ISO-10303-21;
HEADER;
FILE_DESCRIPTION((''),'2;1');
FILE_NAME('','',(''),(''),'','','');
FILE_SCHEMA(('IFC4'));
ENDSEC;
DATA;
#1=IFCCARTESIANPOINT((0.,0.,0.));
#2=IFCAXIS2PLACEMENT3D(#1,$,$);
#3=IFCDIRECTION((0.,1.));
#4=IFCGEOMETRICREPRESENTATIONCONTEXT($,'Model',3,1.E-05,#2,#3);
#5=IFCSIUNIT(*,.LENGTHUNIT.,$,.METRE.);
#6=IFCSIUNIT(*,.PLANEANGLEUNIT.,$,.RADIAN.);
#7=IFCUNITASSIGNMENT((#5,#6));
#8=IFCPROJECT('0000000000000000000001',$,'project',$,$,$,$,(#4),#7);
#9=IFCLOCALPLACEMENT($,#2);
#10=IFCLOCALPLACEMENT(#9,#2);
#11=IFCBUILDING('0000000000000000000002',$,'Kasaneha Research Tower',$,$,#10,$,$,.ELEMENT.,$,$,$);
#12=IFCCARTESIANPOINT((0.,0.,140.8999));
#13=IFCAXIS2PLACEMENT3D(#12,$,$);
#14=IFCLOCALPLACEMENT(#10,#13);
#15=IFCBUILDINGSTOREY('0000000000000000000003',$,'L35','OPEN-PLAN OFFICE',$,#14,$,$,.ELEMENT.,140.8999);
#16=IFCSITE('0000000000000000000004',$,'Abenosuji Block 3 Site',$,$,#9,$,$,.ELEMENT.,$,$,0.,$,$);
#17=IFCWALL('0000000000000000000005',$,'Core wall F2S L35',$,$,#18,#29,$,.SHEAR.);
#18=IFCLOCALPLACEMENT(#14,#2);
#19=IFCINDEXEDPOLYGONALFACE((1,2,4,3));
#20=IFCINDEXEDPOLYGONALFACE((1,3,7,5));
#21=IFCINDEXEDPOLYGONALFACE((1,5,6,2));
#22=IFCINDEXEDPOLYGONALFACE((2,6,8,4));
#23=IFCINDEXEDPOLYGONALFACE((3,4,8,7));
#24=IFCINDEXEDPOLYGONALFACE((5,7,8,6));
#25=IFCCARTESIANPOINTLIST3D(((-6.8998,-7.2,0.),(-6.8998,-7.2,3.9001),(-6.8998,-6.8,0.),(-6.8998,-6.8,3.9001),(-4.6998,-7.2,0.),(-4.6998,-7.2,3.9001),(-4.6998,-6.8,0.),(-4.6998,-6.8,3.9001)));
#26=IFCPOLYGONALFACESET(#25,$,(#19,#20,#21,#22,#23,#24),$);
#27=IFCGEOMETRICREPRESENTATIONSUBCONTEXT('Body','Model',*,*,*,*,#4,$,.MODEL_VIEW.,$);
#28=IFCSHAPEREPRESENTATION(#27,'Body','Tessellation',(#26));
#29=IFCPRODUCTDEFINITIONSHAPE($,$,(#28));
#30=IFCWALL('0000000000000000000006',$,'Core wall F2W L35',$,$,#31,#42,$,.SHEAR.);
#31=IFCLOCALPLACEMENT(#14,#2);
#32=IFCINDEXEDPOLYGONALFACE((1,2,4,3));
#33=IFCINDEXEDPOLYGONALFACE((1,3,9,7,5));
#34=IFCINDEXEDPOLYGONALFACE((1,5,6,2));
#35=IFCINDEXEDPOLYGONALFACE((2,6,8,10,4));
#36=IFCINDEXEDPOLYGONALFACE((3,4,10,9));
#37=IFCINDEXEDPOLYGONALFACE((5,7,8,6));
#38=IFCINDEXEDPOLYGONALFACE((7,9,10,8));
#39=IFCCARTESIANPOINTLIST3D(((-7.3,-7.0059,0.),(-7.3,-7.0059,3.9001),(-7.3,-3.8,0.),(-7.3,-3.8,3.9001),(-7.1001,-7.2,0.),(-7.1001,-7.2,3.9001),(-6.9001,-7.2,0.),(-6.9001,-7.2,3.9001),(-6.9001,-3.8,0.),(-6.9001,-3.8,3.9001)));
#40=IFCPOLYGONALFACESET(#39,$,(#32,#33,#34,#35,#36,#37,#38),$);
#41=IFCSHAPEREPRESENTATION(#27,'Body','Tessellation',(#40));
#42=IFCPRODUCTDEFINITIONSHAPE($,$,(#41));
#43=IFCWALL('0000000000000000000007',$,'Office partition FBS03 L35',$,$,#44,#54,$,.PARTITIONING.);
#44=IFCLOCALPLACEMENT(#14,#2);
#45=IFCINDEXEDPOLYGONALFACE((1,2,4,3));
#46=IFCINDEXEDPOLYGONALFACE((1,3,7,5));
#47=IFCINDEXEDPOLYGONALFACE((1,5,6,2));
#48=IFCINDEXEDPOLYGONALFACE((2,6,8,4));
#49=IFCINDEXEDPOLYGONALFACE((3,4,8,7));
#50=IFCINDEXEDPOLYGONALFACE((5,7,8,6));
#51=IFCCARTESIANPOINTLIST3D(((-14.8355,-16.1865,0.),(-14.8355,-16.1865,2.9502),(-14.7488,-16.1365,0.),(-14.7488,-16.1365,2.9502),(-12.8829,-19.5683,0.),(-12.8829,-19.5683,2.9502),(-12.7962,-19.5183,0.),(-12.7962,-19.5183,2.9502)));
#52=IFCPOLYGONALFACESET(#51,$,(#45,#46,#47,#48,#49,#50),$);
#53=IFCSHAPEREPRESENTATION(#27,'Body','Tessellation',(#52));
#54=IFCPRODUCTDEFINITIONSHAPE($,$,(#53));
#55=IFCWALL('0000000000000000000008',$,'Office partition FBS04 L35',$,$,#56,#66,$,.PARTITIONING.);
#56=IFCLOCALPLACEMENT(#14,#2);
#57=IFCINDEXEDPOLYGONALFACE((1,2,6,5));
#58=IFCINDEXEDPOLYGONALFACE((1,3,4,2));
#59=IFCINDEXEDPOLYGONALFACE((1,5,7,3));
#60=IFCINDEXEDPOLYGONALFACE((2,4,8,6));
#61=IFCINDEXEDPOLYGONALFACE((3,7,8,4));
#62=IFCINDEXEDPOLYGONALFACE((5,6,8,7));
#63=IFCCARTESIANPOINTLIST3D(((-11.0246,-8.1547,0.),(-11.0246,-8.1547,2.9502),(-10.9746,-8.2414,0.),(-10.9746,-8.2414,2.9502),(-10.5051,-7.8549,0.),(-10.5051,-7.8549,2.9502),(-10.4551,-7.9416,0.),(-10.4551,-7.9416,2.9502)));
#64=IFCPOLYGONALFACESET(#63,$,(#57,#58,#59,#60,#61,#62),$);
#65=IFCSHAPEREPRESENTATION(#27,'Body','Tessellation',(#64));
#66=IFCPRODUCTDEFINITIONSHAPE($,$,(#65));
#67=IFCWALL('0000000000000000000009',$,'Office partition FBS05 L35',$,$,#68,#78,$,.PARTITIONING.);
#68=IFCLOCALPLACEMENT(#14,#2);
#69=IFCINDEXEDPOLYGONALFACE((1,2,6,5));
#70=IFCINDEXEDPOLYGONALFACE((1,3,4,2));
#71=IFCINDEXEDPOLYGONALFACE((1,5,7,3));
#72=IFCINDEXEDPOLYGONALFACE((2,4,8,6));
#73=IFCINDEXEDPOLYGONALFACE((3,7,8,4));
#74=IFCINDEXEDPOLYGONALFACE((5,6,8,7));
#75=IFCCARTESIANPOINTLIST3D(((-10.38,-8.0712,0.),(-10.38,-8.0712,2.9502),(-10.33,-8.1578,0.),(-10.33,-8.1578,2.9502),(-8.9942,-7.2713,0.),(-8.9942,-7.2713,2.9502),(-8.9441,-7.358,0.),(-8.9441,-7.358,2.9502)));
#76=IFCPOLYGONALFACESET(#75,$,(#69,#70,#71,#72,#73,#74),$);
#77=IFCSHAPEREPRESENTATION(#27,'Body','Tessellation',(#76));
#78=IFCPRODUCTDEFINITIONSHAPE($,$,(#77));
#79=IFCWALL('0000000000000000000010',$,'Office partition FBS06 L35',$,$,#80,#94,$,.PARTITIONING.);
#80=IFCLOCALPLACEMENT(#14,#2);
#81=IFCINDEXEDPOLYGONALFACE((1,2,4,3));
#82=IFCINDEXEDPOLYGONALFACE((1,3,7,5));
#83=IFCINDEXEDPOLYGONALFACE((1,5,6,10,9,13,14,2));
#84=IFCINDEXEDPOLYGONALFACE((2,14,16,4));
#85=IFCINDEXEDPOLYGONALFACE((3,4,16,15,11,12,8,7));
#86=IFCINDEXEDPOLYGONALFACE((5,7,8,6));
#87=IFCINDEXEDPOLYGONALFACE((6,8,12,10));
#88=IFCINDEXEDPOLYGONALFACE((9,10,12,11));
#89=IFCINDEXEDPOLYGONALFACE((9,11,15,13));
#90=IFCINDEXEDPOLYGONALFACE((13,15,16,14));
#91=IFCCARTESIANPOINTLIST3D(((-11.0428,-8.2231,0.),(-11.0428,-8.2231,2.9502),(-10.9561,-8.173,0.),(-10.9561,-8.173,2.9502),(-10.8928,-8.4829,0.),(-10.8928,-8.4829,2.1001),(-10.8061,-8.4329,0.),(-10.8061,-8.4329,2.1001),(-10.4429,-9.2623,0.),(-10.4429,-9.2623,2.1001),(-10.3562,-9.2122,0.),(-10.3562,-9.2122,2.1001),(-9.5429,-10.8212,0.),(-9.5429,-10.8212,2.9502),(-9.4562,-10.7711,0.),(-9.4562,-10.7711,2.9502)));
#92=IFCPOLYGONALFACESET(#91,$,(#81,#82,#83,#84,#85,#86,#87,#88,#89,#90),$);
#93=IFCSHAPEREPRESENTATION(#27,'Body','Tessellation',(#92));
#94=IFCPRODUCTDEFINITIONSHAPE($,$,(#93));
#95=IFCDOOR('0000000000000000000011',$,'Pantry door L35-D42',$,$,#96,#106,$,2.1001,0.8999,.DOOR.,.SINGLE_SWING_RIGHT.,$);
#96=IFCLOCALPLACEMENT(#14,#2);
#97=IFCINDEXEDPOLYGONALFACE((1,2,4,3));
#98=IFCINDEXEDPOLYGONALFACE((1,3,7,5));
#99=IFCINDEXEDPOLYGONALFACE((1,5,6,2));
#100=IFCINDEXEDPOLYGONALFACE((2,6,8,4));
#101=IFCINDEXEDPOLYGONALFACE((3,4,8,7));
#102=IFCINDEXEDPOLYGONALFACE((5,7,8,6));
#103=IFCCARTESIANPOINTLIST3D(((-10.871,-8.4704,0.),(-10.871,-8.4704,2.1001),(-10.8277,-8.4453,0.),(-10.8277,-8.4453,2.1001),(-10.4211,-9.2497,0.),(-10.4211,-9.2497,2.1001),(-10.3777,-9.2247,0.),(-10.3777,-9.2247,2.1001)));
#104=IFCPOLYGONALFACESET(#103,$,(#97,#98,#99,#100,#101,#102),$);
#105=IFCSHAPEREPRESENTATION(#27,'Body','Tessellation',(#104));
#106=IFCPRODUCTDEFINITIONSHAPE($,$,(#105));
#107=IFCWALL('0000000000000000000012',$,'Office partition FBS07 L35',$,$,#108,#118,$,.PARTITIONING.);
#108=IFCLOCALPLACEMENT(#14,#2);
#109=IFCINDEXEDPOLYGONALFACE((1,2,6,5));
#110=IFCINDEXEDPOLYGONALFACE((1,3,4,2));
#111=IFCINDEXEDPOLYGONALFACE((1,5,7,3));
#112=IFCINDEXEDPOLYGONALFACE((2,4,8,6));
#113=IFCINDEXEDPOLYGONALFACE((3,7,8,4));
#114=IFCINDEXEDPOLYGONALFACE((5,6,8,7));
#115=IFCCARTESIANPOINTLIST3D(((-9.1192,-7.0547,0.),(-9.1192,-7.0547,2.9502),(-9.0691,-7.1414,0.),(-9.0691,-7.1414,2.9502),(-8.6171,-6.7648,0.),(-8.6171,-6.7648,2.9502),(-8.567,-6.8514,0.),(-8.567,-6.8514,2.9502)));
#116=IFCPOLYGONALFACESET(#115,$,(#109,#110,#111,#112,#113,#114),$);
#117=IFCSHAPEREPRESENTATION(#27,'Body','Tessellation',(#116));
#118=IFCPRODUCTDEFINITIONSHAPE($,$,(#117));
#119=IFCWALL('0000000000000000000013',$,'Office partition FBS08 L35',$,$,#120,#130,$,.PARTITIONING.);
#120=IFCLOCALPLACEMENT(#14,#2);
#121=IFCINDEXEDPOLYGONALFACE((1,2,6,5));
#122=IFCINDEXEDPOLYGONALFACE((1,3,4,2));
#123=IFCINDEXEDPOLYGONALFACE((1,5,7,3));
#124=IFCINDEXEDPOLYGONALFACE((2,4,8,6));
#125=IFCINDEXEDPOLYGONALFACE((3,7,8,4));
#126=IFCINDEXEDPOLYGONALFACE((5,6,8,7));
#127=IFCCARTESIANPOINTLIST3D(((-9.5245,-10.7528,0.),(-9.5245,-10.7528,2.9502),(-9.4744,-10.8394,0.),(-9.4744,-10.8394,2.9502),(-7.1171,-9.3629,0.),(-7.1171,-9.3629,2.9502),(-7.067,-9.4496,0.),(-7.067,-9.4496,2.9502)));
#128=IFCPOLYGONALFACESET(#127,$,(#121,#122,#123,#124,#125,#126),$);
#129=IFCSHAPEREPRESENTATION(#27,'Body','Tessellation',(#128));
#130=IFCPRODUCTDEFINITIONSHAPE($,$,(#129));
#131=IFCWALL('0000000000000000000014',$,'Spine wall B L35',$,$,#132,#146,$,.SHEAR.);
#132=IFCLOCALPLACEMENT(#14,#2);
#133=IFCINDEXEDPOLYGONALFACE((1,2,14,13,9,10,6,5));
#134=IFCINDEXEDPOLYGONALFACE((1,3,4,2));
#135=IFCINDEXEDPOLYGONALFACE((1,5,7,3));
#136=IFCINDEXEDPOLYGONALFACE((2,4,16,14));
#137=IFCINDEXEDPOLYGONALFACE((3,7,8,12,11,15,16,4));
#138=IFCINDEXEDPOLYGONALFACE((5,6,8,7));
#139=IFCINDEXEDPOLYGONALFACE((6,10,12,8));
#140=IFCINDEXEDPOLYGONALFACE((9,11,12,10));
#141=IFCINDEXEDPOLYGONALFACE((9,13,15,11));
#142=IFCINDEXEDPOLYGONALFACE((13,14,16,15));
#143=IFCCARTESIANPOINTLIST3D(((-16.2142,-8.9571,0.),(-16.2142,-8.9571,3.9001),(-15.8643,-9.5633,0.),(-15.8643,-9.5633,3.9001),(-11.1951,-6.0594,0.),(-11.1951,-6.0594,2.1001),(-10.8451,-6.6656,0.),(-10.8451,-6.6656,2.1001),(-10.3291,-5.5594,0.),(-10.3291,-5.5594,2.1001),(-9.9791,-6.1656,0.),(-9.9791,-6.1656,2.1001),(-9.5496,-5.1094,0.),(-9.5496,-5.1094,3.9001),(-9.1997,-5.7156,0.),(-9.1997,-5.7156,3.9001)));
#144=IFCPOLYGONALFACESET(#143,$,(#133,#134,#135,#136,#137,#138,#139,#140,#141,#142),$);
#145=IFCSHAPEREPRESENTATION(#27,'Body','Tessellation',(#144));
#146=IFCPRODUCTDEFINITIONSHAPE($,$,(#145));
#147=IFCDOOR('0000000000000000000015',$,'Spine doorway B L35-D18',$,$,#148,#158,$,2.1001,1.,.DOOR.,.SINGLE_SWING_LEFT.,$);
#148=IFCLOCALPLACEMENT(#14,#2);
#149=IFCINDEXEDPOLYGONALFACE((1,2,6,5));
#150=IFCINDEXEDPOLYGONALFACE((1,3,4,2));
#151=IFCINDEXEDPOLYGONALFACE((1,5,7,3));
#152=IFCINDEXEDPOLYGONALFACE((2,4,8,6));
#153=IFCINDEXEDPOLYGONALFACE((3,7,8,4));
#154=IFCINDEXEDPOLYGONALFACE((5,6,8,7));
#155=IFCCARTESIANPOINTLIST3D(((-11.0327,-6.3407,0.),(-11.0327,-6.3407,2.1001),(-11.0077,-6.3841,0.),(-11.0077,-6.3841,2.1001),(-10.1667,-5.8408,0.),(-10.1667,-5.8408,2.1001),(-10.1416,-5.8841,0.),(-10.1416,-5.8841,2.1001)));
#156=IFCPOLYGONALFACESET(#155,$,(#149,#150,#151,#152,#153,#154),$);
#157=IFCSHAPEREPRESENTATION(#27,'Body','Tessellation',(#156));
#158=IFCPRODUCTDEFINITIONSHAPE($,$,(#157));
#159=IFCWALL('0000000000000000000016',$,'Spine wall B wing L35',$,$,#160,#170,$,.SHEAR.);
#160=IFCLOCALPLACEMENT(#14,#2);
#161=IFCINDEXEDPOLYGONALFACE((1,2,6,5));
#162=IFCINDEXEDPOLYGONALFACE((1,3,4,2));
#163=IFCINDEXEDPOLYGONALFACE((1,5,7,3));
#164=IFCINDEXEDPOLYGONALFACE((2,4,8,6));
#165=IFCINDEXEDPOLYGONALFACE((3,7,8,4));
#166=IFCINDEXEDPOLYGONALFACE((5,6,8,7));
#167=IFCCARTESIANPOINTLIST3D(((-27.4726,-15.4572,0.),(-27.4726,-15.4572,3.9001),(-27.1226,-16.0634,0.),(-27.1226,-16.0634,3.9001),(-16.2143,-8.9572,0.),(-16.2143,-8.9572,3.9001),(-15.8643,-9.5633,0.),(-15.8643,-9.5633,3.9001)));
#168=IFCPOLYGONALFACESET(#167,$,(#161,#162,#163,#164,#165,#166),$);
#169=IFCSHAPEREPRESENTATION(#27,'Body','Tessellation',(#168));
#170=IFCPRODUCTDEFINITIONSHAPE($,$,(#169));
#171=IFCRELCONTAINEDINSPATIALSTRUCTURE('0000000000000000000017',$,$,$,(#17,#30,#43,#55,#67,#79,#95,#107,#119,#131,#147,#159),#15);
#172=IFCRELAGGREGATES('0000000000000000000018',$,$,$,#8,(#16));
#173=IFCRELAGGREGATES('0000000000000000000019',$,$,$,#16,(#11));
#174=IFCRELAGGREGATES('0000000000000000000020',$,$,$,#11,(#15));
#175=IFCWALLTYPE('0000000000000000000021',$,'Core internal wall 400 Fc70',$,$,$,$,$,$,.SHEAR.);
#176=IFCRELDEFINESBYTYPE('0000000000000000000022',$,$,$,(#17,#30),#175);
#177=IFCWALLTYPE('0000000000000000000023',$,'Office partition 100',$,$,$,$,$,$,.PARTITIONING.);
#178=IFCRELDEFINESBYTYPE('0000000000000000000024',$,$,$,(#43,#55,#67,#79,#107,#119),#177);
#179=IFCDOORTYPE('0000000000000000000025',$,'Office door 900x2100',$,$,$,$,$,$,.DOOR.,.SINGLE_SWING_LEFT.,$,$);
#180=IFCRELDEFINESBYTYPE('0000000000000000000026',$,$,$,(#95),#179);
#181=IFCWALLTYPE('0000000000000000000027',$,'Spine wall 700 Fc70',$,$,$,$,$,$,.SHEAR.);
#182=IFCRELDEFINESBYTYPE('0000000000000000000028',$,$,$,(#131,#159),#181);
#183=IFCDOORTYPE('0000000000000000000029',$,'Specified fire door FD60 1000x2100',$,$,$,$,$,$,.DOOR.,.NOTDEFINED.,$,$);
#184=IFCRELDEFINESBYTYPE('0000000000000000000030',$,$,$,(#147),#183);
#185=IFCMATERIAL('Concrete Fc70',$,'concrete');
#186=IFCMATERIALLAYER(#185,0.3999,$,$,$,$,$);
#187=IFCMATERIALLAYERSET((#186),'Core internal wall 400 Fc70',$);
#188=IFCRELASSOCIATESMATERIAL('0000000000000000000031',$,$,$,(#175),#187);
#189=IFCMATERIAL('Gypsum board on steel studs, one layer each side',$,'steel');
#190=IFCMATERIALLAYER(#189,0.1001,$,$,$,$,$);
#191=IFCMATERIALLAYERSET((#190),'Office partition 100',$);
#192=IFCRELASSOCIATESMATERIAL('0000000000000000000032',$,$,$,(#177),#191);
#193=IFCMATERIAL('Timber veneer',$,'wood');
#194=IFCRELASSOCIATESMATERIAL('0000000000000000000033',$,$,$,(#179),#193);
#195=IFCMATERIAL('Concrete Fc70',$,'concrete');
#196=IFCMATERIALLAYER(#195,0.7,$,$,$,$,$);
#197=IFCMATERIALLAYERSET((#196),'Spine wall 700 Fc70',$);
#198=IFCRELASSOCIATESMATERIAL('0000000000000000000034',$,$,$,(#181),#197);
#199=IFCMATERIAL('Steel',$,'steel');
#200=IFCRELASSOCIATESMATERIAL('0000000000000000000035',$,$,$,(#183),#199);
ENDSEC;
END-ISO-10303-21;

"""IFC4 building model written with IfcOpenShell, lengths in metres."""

from ifc_helpers import new_model, si_unit, direction, frame, frame_2d, origin, place, context, subcontext, project, spatial, polyline, rectangle, outline, extrude, material, layer, layer_set, type_object, element, fill, save


model = new_model("IFC4")

# Units and contexts
model_context = context("Model", 3, precision=1e-05, world=origin(), true_north=direction((0.0, 1.0)))
body_context = subcontext(model_context, "Body", "Model", "MODEL_VIEW")
ifc_project = project(units=[si_unit("LENGTHUNIT", "METRE"), si_unit("PLANEANGLEUNIT", "RADIAN")], contexts=[model_context])

# Site, building, storey
site_placement = place(None, origin())
site = spatial("IfcSite", under=ifc_project, at=site_placement, Name="Abenosuji Block 3 Site", CompositionType="ELEMENT", RefElevation=0.0)
building_placement = place(site_placement, origin())
building = spatial("IfcBuilding", under=site, at=building_placement, Name="Kasaneha Research Tower", CompositionType="ELEMENT")
storey_placement = place(building_placement, frame((0.0, 0.0, 140.8999)))
storey = spatial("IfcBuildingStorey", under=building, at=storey_placement, Name="L35", Description="OPEN-PLAN OFFICE", CompositionType="ELEMENT", Elevation=140.8999)

# Shared definitions
ifc_material_1 = material(Name="Concrete Fc70", Category="concrete")
ifc_layer_1 = layer(ifc_material_1, 0.3999)
ifc_layer_set_1 = layer_set([ifc_layer_1], Name="Core internal wall 400 Fc70")
wall_type_1 = type_object("IfcWallType", Name="Core internal wall 400 Fc70", PredefinedType="SHEAR", material=ifc_layer_set_1)

# Walls
wall_1_placement = place(storey_placement, frame((-6.8999, -7.0, 0.0), z_axis=(0.0, 0.0, 1.0), x_axis=(1.0, 0.0, 0.0)))
element("IfcWall", 1, at=wall_1_placement, inside=storey, type_object=wall_type_1, Name="Core wall F2S L35", PredefinedType="SHEAR", context=body_context, shape_type="SweptSolid", body=[
    extrude(rectangle(XDim=2.2, YDim=0.3999, at=frame_2d((1.1001, 0.0))), origin(), (0.0, 0.0, 1.0), 3.9001),
])
wall_2_placement = place(storey_placement, frame((-7.1001, -3.8, 0.0), z_axis=(0.0, 0.0, 1.0), x_axis=(0.0, -1.0, 0.0)))
element("IfcWall", 2, at=wall_2_placement, inside=storey, type_object=wall_type_1, Name="Core wall F2W L35", PredefinedType="SHEAR", context=body_context, shape_type="SweptSolid", body=[
    extrude(outline(polyline([(0.0, -0.2), (3.2058, -0.2), (3.3999, 0.0), (3.3999, 0.2), (0.0, 0.2), (0.0, -0.2)])), origin(), (0.0, 0.0, 1.0), 3.9001),
])
ifc_material_2 = material(Name="Gypsum board on steel studs, one layer each side", Category="steel")
ifc_layer_2 = layer(ifc_material_2, 0.1001)
ifc_layer_set_2 = layer_set([ifc_layer_2], Name="Office partition 100")
wall_type_2 = type_object("IfcWallType", Name="Office partition 100", PredefinedType="PARTITIONING", material=ifc_layer_set_2)
wall_3_placement = place(storey_placement, frame((-14.7922, -16.1614, 0.0), z_axis=(0.0, 0.0, 1.0), x_axis=(0.500026, -0.866011, 0.0)))
element("IfcWall", 3, at=wall_3_placement, inside=storey, type_object=wall_type_2, Name="Office partition FBS03 L35", PredefinedType="PARTITIONING", context=body_context, shape_type="SweptSolid", body=[
    extrude(rectangle(XDim=3.905, YDim=0.1001, at=frame_2d((1.9526, 0.0))), origin(), (0.0, 0.0, 1.0), 2.9502),
])
wall_4_placement = place(storey_placement, frame((-10.9995, -8.198, 0.0), z_axis=(0.0, 0.0, 1.0), x_axis=(0.866131, 0.499816, 0.0)))
element("IfcWall", 4, at=wall_4_placement, inside=storey, type_object=wall_type_2, Name="Office partition FBS04 L35", PredefinedType="PARTITIONING", context=body_context, shape_type="SweptSolid", body=[
    extrude(rectangle(XDim=0.5999, YDim=0.1001, at=frame_2d((0.2998, 0.0))), origin(), (0.0, 0.0, 1.0), 2.9502),
])
wall_5_placement = place(storey_placement, frame((-10.355, -8.1145, 0.0), z_axis=(0.0, 0.0, 1.0), x_axis=(0.866094, 0.499881, 0.0)))
element("IfcWall", 5, at=wall_5_placement, inside=storey, type_object=wall_type_2, Name="Office partition FBS05 L35", PredefinedType="PARTITIONING", context=body_context, shape_type="SweptSolid", body=[
    extrude(rectangle(XDim=1.6001, YDim=0.1001, at=frame_2d((0.8, 0.0))), origin(), (0.0, 0.0, 1.0), 2.9502),
])

# Wall, opening, door
wall_6_placement = place(storey_placement, frame((-9.4995, -10.7961, 0.0), z_axis=(0.0, 0.0, 1.0), x_axis=(-0.49999, 0.866031, 0.0)))
wall_6 = element("IfcWall", 6, at=wall_6_placement, inside=storey, type_object=wall_type_2, Name="Office partition FBS06 L35", PredefinedType="PARTITIONING", context=body_context, shape_type="SweptSolid", body=[
    extrude(rectangle(XDim=3.0, YDim=0.1001, at=frame_2d((1.5, 0.0))), origin(), (0.0, 0.0, 1.0), 2.9502),
])
opening_1_placement = place(wall_6_placement, frame((1.8, 0.0, 0.0)))
opening_1 = element("IfcOpeningElement", 7, at=opening_1_placement, cuts=wall_6, PredefinedType="OPENING", context=body_context, shape_type="SweptSolid", body=[
    extrude(rectangle(XDim=0.8999, YDim=2.1001, at=frame_2d((0.45, 1.05))), frame((0.0, 0.0601, 0.0), z_axis=(0.0, -1.0, 0.0), x_axis=(1.0, 0.0, 0.0)), (0.0, 0.0, 1.0), 0.1201),
])
ifc_material_3 = material(Name="Timber veneer", Category="wood")
door_type_1 = type_object("IfcDoorType", Name="Office door 900x2100", OperationType="SINGLE_SWING_LEFT", PredefinedType="DOOR", material=ifc_material_3)
door_1_placement = place(opening_1_placement, origin())
door_1 = element("IfcDoor", 8, at=door_1_placement, inside=storey, type_object=door_type_1, Name="Pantry door L35-D42", OperationType="SINGLE_SWING_RIGHT", OverallHeight=2.1001, OverallWidth=0.8999, PredefinedType="DOOR", context=body_context, shape_type="SweptSolid", body=[
    extrude(rectangle(XDim=0.8999, YDim=2.1001, at=frame_2d((0.45, 1.05))), frame((0.0, 0.0249, 0.0), z_axis=(0.0, -1.0, 0.0), x_axis=(1.0, 0.0, 0.0)), (0.0, 0.0, 1.0), 0.05),
])
fill(opening_1, door_1)

# Walls
wall_7_placement = place(storey_placement, frame((-9.0942, -7.0981, 0.0), z_axis=(0.0, 0.0, 1.0), x_axis=(0.865954, 0.500123, 0.0)))
element("IfcWall", 9, at=wall_7_placement, inside=storey, type_object=wall_type_2, Name="Office partition FBS07 L35", PredefinedType="PARTITIONING", context=body_context, shape_type="SweptSolid", body=[
    extrude(rectangle(XDim=0.5798, YDim=0.1001, at=frame_2d((0.29, 0.0))), origin(), (0.0, 0.0, 1.0), 2.9502),
])
wall_8_placement = place(storey_placement, frame((-7.092, -9.4062, 0.0), z_axis=(0.0, 0.0, 1.0), x_axis=(-0.866035, -0.499983, 0.0)))
element("IfcWall", 10, at=wall_8_placement, inside=storey, type_object=wall_type_2, Name="Office partition FBS08 L35", PredefinedType="PARTITIONING", context=body_context, shape_type="SweptSolid", body=[
    extrude(rectangle(XDim=2.7798, YDim=0.1001, at=frame_2d((1.3899, 0.0))), origin(), (0.0, 0.0, 1.0), 2.9502),
])

# Wall, opening, door
ifc_material_4 = material(Name="Concrete Fc70", Category="concrete")
ifc_layer_3 = layer(ifc_material_4, 0.7)
ifc_layer_set_3 = layer_set([ifc_layer_3], Name="Spine wall 700 Fc70")
wall_type_3 = type_object("IfcWallType", Name="Spine wall 700 Fc70", PredefinedType="SHEAR", material=ifc_layer_set_3)
wall_9_placement = place(storey_placement, frame((-9.3748, -5.4126, 0.0), z_axis=(0.0, 0.0, 1.0), x_axis=(-0.866032, -0.499988, 0.0)))
wall_9 = element("IfcWall", 11, at=wall_9_placement, inside=storey, type_object=wall_type_3, Name="Spine wall B L35", PredefinedType="SHEAR", context=body_context, shape_type="SweptSolid", body=[
    extrude(rectangle(XDim=7.6956, YDim=0.7, at=frame_2d((3.8477, 0.0))), origin(), (0.0, 0.0, 1.0), 3.9001),
])
opening_2_placement = place(wall_9_placement, frame((0.8999, 0.0, 0.0)))
opening_2 = element("IfcOpeningElement", 12, at=opening_2_placement, cuts=wall_9, PredefinedType="OPENING", context=body_context, shape_type="SweptSolid", body=[
    extrude(rectangle(XDim=1.0, YDim=2.1001, at=frame_2d((0.5, 1.05))), frame((0.0, 0.3599, 0.0), z_axis=(0.0, -1.0, 0.0), x_axis=(1.0, 0.0, 0.0)), (0.0, 0.0, 1.0), 0.72),
])
ifc_material_5 = material(Name="Steel", Category="steel")
door_type_2 = type_object("IfcDoorType", Name="Specified fire door FD60 1000x2100", OperationType="NOTDEFINED", PredefinedType="DOOR", material=ifc_material_5)
door_2_placement = place(opening_2_placement, origin())
door_2 = element("IfcDoor", 13, at=door_2_placement, inside=storey, type_object=door_type_2, Name="Spine doorway B L35-D18", OperationType="SINGLE_SWING_LEFT", OverallHeight=2.1001, OverallWidth=1.0, PredefinedType="DOOR", context=body_context, shape_type="SweptSolid", body=[
    extrude(rectangle(XDim=1.0, YDim=2.1001, at=frame_2d((0.5, 1.05))), frame((0.0, 0.0249, 0.0), z_axis=(0.0, -1.0, 0.0), x_axis=(1.0, 0.0, 0.0)), (0.0, 0.0, 1.0), 0.05),
])
fill(opening_2, door_2)

# Wall
wall_10_placement = place(storey_placement, frame((-16.0393, -9.2603, 0.0), z_axis=(0.0, 0.0, 1.0), x_axis=(-0.866025, -0.500001, 0.0)))
element("IfcWall", 14, at=wall_10_placement, inside=storey, type_object=wall_type_3, Name="Spine wall B wing L35", PredefinedType="SHEAR", context=body_context, shape_type="SweptSolid", body=[
    extrude(rectangle(XDim=13.0, YDim=0.7, at=frame_2d((6.5, 0.0))), origin(), (0.0, 0.0, 1.0), 3.9001),
])

save(model, "model.ifc")
